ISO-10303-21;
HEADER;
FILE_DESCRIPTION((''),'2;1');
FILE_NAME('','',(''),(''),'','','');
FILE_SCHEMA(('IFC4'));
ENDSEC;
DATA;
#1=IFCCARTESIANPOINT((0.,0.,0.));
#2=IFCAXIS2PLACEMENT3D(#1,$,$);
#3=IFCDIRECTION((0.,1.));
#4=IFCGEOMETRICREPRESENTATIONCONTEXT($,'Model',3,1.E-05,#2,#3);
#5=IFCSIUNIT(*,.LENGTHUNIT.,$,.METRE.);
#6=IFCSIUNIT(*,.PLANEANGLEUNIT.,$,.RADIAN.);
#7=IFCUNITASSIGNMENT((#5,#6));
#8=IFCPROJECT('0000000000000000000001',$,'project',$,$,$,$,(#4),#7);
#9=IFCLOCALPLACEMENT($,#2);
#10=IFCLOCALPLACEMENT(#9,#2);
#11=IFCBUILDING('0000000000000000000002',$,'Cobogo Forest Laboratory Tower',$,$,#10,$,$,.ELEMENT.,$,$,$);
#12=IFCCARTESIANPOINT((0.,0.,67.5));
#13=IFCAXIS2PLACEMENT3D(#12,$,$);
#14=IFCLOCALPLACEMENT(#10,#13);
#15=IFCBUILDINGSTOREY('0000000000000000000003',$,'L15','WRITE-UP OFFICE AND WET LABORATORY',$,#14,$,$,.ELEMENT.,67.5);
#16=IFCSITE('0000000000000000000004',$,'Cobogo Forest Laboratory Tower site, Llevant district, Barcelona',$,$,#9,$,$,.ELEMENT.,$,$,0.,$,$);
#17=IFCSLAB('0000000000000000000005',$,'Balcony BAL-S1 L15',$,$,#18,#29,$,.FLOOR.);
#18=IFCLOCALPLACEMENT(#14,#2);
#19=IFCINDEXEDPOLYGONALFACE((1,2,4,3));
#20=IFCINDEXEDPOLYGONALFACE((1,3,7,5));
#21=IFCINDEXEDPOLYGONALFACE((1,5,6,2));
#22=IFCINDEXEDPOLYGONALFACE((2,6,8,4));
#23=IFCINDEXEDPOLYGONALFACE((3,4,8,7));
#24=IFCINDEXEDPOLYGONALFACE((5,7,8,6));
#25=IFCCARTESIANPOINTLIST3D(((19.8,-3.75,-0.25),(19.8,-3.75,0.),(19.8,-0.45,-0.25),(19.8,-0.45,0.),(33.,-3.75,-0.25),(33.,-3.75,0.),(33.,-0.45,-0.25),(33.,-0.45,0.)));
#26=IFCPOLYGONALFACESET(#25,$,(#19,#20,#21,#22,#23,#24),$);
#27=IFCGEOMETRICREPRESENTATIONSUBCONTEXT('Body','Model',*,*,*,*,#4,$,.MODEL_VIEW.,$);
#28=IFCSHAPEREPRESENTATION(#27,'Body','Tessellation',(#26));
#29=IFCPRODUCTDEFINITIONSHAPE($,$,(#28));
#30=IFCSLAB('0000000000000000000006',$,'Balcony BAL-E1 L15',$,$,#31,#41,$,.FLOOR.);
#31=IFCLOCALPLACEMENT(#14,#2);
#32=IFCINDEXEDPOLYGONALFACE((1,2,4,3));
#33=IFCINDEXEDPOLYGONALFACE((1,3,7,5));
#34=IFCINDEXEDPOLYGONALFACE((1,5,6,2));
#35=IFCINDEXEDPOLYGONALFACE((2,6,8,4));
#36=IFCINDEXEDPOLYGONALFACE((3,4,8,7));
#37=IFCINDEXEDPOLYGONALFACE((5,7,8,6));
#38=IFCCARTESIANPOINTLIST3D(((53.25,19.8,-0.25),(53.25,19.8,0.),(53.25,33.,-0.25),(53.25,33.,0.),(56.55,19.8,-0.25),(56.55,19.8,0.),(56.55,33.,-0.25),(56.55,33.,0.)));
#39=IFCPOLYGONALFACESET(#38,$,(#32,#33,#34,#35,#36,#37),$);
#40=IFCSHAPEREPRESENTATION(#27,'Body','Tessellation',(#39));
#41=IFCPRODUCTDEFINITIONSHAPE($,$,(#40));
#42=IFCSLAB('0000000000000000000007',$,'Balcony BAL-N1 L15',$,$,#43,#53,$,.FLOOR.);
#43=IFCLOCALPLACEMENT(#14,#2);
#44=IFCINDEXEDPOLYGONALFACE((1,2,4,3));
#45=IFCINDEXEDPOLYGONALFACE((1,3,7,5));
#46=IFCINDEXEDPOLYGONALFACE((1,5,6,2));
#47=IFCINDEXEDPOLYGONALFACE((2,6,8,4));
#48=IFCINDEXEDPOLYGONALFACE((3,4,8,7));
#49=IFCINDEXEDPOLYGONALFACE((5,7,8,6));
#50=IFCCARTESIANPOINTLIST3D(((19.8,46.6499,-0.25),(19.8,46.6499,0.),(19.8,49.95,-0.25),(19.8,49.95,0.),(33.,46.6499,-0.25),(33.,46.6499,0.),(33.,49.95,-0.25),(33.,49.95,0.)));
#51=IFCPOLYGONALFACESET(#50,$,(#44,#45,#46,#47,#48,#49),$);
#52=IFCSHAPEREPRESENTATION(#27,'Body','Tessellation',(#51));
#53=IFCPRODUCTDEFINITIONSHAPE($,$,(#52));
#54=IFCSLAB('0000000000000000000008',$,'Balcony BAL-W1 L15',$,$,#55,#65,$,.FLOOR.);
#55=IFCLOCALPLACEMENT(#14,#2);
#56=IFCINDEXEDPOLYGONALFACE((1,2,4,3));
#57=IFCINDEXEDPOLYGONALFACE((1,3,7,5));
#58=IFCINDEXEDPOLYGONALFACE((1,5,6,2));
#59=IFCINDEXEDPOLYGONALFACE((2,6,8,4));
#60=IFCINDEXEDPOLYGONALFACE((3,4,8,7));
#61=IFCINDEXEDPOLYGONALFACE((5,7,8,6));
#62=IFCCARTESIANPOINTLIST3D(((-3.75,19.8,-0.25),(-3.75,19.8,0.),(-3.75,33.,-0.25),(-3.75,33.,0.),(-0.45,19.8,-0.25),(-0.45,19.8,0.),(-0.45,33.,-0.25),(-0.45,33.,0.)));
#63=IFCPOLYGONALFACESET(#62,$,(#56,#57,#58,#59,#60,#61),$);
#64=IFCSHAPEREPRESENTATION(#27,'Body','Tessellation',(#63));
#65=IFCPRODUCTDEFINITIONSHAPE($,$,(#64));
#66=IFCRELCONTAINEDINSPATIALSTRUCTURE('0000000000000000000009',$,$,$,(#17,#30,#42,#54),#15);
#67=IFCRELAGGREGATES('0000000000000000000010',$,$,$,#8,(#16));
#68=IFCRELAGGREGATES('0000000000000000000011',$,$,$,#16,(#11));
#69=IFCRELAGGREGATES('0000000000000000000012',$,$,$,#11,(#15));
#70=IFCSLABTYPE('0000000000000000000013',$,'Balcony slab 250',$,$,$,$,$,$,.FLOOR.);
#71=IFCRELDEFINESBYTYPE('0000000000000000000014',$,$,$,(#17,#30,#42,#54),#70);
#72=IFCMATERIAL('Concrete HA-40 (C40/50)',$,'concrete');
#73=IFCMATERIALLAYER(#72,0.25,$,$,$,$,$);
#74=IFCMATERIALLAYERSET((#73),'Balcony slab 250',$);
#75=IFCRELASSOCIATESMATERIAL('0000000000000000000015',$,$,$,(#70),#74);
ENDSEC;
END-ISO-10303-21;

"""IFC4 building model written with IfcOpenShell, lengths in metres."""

from ifc_helpers import new_model, si_unit, direction, frame, origin, place, context, subcontext, project, spatial, polyline, outline, extrude, material, layer, layer_set, type_object, element, save


model = new_model("IFC4")

# Units and contexts
model_context = context("Model", 3, precision=1e-05, world=origin(), true_north=direction((0.0, 1.0)))
body_context = subcontext(model_context, "Body", "Model", "MODEL_VIEW")
ifc_project = project(units=[si_unit("LENGTHUNIT", "METRE"), si_unit("PLANEANGLEUNIT", "RADIAN")], contexts=[model_context])

# Site, building, storey
site_placement = place(None, origin())
site = spatial("IfcSite", under=ifc_project, at=site_placement, Name="Cobogo Forest Laboratory Tower site, Llevant district, Barcelona", CompositionType="ELEMENT", RefElevation=0.0)
building_placement = place(site_placement, origin())
building = spatial("IfcBuilding", under=site, at=building_placement, Name="Cobogo Forest Laboratory Tower", CompositionType="ELEMENT")
storey_placement = place(building_placement, frame((0.0, 0.0, 67.5)))
storey = spatial("IfcBuildingStorey", under=building, at=storey_placement, Name="L15", Description="WRITE-UP OFFICE AND WET LABORATORY", CompositionType="ELEMENT", Elevation=67.5)

# Slabs
ifc_material_1 = material(Name="Concrete HA-40 (C40/50)", Category="concrete")
ifc_layer_1 = layer(ifc_material_1, 0.25)
ifc_layer_set_1 = layer_set([ifc_layer_1], Name="Balcony slab 250")
slab_type_1 = type_object("IfcSlabType", Name="Balcony slab 250", PredefinedType="FLOOR", material=ifc_layer_set_1)
slab_1_placement = place(storey_placement, frame((0.0, 0.0, -0.25)))
element("IfcSlab", 1, at=slab_1_placement, inside=storey, type_object=slab_type_1, Name="Balcony BAL-S1 L15", PredefinedType="FLOOR", context=body_context, shape_type="SweptSolid", body=[
    extrude(outline(polyline([(19.8, -3.75), (33.0, -3.75), (33.0, -0.45), (19.8, -0.45), (19.8, -3.75)])), origin(), (0.0, 0.0, 1.0), 0.25),
])
slab_2_placement = place(storey_placement, frame((0.0, 0.0, -0.25)))
element("IfcSlab", 2, at=slab_2_placement, inside=storey, type_object=slab_type_1, Name="Balcony BAL-E1 L15", PredefinedType="FLOOR", context=body_context, shape_type="SweptSolid", body=[
    extrude(outline(polyline([(53.25, 19.8), (56.55, 19.8), (56.55, 33.0), (53.25, 33.0), (53.25, 19.8)])), origin(), (0.0, 0.0, 1.0), 0.25),
])
slab_3_placement = place(storey_placement, frame((0.0, 0.0, -0.25)))
element("IfcSlab", 3, at=slab_3_placement, inside=storey, type_object=slab_type_1, Name="Balcony BAL-N1 L15", PredefinedType="FLOOR", context=body_context, shape_type="SweptSolid", body=[
    extrude(outline(polyline([(19.8, 46.6499), (33.0, 46.6499), (33.0, 49.95), (19.8, 49.95), (19.8, 46.6499)])), origin(), (0.0, 0.0, 1.0), 0.25),
])
slab_4_placement = place(storey_placement, frame((0.0, 0.0, -0.25)))
element("IfcSlab", 4, at=slab_4_placement, inside=storey, type_object=slab_type_1, Name="Balcony BAL-W1 L15", PredefinedType="FLOOR", context=body_context, shape_type="SweptSolid", body=[
    extrude(outline(polyline([(-3.75, 19.8), (-0.45, 19.8), (-0.45, 33.0), (-3.75, 33.0), (-3.75, 19.8)])), origin(), (0.0, 0.0, 1.0), 0.25),
])

save(model, "model.ifc")
